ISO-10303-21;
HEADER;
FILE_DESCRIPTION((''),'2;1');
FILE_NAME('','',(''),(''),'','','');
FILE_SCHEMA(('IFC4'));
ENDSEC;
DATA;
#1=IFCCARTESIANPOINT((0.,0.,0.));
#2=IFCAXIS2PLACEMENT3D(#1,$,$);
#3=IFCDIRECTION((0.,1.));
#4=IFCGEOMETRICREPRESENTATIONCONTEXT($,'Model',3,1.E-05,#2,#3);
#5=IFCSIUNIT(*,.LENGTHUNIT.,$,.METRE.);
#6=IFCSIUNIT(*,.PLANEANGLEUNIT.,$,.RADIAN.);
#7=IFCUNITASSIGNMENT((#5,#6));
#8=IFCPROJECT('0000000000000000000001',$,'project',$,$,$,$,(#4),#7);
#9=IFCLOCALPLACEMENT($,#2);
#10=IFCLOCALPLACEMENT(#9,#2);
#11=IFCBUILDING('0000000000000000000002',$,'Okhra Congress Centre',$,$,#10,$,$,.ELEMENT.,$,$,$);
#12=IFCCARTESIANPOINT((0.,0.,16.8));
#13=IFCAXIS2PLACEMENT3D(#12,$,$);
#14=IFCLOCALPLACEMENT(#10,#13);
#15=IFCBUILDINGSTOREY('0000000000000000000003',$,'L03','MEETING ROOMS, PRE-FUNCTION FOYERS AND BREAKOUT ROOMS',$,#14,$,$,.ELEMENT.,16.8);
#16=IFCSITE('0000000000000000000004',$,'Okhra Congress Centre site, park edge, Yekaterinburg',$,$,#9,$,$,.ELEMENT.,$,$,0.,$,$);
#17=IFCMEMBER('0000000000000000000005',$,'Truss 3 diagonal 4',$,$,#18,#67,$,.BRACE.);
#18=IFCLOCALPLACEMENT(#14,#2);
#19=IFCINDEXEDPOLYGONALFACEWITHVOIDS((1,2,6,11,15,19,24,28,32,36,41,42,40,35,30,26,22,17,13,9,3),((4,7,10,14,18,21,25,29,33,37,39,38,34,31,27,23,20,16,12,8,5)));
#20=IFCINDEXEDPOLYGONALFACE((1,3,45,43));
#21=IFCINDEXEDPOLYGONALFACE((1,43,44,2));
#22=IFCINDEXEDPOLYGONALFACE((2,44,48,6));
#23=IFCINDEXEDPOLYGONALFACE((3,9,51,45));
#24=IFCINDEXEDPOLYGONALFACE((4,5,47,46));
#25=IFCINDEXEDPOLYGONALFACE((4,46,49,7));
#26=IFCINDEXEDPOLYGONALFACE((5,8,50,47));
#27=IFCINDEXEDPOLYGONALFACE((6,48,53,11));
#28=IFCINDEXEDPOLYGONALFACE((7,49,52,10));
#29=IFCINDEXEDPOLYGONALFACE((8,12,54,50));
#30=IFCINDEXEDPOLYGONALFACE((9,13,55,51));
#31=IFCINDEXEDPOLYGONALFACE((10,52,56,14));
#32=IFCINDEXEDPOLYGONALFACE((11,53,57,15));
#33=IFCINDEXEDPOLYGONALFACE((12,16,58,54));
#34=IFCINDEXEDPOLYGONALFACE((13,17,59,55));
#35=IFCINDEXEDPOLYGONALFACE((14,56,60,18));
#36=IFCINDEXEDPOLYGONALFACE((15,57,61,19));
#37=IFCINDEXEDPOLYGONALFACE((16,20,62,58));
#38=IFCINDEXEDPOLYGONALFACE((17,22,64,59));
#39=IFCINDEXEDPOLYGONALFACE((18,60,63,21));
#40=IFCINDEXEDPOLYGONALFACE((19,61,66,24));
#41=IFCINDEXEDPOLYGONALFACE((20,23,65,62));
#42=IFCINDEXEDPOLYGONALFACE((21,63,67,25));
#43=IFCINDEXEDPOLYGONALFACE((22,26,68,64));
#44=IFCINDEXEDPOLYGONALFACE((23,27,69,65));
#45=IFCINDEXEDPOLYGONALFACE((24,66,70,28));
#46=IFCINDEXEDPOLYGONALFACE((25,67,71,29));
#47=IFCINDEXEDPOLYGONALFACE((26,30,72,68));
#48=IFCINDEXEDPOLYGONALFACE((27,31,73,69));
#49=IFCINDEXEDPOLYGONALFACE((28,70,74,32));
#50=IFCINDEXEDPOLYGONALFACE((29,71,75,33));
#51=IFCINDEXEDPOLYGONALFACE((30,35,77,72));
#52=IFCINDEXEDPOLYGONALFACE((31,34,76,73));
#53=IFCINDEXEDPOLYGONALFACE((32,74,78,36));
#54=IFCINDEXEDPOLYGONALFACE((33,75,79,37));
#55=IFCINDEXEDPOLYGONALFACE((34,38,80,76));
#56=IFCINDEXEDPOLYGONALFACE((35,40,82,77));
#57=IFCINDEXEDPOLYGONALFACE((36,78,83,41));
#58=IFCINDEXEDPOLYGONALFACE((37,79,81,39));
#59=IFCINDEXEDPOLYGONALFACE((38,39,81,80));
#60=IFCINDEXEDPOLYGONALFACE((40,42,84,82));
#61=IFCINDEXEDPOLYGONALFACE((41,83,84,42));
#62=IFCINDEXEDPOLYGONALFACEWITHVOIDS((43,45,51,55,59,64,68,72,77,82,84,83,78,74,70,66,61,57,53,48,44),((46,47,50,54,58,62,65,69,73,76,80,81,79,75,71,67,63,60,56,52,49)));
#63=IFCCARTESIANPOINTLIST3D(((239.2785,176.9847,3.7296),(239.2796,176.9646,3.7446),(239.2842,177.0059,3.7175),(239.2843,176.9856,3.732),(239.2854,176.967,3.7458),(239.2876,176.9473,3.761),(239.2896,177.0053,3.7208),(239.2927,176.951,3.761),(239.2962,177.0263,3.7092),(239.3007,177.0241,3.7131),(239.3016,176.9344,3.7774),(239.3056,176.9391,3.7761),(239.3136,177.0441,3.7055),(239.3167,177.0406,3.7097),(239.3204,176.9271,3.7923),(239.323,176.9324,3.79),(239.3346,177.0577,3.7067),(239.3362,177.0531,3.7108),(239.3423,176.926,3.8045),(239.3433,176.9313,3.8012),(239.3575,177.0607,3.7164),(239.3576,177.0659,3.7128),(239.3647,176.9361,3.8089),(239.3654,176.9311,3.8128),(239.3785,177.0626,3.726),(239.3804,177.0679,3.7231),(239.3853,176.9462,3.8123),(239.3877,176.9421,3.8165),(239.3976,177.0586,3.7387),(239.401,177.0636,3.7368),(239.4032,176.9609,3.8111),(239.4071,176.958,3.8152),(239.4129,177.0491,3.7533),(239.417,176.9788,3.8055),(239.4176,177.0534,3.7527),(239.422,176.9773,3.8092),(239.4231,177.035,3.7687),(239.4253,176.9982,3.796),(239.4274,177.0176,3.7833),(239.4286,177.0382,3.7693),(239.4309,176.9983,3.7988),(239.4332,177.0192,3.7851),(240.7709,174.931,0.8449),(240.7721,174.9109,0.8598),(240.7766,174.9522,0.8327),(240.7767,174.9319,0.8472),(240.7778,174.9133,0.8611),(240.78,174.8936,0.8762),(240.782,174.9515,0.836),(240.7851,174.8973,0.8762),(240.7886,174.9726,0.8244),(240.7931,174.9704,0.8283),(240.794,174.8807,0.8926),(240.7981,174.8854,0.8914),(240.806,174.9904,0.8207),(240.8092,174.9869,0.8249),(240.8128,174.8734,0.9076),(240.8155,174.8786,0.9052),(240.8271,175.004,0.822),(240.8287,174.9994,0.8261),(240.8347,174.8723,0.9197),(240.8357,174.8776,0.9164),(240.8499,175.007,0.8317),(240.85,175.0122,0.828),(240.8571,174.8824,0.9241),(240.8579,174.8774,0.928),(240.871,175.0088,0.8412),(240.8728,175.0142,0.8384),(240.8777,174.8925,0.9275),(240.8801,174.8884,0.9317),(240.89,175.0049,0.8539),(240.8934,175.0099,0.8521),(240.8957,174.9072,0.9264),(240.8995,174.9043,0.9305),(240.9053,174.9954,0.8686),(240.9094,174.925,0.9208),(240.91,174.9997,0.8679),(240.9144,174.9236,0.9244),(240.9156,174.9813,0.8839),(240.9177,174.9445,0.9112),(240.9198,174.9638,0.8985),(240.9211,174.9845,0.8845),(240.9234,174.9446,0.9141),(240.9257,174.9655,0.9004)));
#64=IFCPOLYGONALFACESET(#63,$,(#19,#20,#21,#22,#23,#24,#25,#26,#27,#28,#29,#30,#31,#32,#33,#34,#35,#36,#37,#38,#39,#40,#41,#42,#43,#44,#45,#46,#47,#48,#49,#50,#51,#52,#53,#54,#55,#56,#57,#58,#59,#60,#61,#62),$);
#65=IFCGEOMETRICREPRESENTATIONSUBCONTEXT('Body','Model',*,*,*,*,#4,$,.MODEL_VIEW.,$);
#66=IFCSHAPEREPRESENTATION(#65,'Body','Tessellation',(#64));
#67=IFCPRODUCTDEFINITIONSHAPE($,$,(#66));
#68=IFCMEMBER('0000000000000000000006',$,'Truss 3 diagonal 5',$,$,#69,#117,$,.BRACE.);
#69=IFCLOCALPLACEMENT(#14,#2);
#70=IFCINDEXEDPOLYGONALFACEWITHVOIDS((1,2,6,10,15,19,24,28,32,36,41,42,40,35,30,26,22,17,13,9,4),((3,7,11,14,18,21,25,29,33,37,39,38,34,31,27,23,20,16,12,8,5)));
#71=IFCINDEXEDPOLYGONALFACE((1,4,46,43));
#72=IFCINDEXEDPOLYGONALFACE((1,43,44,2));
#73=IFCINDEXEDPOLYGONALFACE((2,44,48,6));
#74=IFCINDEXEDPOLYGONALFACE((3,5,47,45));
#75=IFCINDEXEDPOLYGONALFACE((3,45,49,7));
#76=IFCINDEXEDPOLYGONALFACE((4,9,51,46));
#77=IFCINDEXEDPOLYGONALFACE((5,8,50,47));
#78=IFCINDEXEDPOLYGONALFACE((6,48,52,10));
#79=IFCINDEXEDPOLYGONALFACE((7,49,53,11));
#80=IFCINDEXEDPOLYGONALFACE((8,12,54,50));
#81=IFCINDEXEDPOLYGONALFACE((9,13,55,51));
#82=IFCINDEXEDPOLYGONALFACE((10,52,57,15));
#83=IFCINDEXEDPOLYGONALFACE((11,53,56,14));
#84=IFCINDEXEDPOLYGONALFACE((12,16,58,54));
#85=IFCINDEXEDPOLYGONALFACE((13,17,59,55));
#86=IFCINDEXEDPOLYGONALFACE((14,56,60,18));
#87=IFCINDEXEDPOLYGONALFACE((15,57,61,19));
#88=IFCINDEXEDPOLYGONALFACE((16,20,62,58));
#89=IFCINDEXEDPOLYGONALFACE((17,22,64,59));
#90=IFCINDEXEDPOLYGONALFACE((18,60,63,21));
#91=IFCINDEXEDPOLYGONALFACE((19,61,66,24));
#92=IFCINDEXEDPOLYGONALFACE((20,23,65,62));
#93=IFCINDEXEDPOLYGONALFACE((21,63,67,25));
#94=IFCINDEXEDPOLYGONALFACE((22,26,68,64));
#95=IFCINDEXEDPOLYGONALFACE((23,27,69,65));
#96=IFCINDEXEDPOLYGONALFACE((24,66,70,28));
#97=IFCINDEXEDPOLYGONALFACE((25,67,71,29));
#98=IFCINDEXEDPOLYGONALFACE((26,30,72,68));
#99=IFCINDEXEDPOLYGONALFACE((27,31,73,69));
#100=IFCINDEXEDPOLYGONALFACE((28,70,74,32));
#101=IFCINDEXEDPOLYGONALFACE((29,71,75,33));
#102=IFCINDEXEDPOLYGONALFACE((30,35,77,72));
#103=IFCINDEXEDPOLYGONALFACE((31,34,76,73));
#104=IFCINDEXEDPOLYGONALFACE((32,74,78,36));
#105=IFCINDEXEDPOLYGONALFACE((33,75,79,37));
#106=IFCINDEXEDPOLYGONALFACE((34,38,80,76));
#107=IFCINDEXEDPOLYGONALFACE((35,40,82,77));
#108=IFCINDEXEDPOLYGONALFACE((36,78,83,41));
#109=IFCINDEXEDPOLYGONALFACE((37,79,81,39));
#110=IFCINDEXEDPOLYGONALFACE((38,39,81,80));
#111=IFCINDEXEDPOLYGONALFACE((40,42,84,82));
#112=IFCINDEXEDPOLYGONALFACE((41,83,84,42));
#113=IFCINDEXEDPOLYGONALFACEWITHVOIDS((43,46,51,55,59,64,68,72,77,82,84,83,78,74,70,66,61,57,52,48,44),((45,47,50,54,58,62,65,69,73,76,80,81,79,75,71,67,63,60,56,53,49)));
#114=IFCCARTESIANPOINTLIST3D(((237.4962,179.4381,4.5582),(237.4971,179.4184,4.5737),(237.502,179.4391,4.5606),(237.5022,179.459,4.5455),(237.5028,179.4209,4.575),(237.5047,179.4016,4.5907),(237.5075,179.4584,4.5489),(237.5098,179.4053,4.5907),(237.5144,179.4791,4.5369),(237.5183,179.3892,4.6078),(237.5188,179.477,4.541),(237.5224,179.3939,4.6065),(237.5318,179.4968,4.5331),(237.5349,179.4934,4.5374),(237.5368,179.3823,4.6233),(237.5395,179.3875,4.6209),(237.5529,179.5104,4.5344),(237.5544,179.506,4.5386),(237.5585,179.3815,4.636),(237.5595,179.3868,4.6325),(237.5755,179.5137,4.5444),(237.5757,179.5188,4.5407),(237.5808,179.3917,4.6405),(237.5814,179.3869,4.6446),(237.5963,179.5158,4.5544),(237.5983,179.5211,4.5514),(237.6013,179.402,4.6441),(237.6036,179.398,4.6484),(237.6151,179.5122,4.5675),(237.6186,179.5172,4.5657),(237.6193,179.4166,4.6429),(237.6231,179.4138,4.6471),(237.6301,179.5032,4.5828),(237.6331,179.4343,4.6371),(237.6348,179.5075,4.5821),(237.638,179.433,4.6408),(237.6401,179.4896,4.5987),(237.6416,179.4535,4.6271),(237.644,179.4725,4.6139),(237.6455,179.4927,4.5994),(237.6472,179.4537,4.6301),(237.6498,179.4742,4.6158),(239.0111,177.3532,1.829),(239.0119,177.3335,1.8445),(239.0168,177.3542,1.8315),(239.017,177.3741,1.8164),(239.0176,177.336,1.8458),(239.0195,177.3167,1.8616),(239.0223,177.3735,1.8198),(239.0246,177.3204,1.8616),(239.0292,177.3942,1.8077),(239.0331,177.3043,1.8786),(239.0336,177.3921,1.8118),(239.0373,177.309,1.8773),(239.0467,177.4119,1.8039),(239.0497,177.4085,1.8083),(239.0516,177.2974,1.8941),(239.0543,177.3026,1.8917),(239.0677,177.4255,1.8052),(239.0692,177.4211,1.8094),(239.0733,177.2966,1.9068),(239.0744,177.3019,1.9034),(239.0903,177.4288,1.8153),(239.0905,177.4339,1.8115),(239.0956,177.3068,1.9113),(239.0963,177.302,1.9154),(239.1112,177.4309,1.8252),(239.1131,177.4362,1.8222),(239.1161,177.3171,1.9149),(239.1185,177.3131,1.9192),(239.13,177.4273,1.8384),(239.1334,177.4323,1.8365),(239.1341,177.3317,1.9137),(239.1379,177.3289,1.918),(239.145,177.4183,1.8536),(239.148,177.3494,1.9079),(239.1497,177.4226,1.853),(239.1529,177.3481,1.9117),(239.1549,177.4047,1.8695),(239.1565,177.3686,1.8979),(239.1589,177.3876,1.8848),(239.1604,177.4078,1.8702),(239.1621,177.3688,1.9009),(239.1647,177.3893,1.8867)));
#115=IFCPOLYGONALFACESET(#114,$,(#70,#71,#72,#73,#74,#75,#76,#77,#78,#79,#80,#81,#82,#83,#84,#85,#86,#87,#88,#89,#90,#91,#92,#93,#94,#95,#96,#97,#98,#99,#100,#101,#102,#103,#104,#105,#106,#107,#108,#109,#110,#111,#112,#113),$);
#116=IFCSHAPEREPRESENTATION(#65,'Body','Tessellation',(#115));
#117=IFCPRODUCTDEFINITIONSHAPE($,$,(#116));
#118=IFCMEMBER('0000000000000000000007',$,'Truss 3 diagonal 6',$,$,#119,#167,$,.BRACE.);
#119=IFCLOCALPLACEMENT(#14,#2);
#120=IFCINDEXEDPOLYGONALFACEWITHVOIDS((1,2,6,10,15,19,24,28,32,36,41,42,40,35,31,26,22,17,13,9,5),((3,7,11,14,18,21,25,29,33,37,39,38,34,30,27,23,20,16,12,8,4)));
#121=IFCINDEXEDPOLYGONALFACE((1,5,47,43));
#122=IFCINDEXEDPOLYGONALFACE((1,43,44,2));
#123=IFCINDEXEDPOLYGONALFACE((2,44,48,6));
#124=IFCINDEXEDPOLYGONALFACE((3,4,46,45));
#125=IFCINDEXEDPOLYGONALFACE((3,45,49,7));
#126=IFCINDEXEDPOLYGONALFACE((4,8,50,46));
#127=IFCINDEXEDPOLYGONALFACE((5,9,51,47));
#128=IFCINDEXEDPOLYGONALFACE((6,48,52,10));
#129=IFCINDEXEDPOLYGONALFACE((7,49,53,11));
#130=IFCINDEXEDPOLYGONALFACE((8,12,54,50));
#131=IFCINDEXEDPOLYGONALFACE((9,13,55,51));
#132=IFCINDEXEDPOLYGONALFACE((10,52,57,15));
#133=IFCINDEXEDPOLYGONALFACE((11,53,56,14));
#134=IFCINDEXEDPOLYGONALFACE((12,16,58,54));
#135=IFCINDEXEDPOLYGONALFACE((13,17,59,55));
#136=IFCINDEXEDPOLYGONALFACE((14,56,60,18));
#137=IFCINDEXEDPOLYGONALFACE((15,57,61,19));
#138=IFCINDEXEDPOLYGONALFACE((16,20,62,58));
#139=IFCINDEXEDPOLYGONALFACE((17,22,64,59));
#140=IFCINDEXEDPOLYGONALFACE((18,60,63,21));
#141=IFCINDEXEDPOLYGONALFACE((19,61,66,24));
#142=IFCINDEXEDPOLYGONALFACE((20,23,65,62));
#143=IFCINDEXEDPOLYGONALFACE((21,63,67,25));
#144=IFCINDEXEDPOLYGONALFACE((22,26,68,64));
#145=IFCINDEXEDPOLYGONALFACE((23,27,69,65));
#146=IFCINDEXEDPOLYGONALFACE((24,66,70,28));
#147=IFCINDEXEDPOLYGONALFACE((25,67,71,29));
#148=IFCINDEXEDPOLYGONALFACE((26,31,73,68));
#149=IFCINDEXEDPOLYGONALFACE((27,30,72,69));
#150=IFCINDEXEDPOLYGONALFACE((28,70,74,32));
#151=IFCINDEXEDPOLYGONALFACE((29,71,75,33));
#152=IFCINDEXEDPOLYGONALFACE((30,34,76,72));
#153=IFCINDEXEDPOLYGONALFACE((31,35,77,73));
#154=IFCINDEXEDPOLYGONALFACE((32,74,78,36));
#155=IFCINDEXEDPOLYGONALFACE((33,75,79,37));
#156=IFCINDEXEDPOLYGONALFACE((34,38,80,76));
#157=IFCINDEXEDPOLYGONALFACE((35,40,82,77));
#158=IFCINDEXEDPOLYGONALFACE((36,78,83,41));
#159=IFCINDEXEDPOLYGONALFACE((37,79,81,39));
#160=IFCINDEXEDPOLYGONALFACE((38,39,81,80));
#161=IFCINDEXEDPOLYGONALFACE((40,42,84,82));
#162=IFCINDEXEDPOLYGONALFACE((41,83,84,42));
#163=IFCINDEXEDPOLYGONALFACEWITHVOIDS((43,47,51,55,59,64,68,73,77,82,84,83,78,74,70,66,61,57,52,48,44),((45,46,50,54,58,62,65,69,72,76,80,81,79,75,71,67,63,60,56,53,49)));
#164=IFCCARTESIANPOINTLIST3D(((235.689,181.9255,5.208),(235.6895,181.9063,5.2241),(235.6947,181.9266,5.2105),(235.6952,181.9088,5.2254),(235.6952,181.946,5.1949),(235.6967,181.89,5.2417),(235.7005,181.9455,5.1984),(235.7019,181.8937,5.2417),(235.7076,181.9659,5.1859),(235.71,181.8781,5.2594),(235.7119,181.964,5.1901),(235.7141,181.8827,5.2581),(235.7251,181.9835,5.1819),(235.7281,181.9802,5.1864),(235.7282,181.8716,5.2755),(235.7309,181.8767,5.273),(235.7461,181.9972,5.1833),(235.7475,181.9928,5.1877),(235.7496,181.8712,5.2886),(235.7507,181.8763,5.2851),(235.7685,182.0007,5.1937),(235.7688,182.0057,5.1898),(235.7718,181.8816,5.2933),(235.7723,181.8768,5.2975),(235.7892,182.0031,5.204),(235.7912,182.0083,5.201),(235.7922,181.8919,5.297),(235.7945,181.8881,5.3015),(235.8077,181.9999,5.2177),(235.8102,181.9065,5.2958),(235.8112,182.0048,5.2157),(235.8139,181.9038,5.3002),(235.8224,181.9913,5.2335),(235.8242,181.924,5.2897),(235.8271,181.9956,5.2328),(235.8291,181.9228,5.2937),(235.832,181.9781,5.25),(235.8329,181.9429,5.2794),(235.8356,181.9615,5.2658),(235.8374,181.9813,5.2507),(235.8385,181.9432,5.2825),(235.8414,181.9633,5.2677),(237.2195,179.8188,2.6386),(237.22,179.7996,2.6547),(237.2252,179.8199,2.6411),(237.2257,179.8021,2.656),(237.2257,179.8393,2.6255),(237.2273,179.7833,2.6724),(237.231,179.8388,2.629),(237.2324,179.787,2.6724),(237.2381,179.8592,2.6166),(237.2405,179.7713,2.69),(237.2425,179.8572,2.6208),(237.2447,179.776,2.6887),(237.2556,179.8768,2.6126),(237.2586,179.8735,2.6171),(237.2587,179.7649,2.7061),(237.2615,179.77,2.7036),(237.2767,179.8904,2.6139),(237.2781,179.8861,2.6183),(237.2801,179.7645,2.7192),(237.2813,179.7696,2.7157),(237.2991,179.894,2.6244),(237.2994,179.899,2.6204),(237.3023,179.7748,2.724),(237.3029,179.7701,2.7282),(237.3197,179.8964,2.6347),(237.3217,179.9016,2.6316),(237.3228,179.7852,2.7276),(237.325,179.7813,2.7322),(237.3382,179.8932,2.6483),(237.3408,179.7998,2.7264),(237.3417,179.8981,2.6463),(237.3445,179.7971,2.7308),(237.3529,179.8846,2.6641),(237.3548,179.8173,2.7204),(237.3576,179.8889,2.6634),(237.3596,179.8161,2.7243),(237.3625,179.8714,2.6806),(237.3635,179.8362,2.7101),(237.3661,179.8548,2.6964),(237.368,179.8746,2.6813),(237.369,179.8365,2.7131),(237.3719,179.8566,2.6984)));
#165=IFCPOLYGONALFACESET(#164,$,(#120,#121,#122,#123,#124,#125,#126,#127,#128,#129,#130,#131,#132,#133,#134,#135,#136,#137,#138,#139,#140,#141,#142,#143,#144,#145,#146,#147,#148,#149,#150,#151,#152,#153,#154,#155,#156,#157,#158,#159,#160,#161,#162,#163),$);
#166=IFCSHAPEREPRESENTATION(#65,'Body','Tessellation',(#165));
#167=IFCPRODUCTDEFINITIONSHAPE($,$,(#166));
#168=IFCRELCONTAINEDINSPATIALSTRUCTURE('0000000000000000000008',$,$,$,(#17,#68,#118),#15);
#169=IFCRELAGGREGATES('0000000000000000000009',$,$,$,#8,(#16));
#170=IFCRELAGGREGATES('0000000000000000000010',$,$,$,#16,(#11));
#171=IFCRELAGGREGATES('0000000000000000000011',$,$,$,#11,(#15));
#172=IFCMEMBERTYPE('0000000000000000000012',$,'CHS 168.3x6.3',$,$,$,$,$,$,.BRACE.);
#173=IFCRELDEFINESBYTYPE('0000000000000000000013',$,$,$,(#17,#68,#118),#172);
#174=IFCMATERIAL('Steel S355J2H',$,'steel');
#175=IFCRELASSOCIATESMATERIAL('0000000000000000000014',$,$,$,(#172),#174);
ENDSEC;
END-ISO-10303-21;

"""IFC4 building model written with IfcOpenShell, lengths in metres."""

from ifc_helpers import new_model, si_unit, direction, frame, origin, origin_2d, place, context, subcontext, project, spatial, hollow_circle, extrude, material, material_profile, profile_set, type_object, element, save


model = new_model("IFC4")

# Units and contexts
model_context = context("Model", 3, precision=1e-05, world=origin(), true_north=direction((0.0, 1.0)))
body_context = subcontext(model_context, "Body", "Model", "MODEL_VIEW")
ifc_project = project(units=[si_unit("LENGTHUNIT", "METRE"), si_unit("PLANEANGLEUNIT", "RADIAN")], contexts=[model_context])

# Site, building, storey
site_placement = place(None, origin())
site = spatial("IfcSite", under=ifc_project, at=site_placement, Name="Okhra Congress Centre site, park edge, Yekaterinburg", CompositionType="ELEMENT", RefElevation=0.0)
building_placement = place(site_placement, origin())
building = spatial("IfcBuilding", under=site, at=building_placement, Name="Okhra Congress Centre", CompositionType="ELEMENT")
storey_placement = place(building_placement, frame((0.0, 0.0, 16.8)))
storey = spatial("IfcBuildingStorey", under=building, at=storey_placement, Name="L03", Description="MEETING ROOMS, PRE-FUNCTION FOYERS AND BREAKOUT ROOMS", CompositionType="ELEMENT", Elevation=16.8)

# Members
ifc_material_1 = material(Name="Steel S355J2H", Category="steel")
ifc_material_profile_1 = material_profile(ifc_material_1, hollow_circle(Radius=0.0842, WallThickness=0.0063, at=origin_2d()), Name="CHS 168.3x6.3")
ifc_profile_set_1 = profile_set([ifc_material_profile_1], Name="Steel S355J2H")
member_type_1 = type_object("IfcMemberType", Name="CHS 168.3x6.3", PredefinedType="BRACE", material=ifc_profile_set_1)
member_1_placement = place(storey_placement, frame((240.8481, 174.9431, 0.8762), z_axis=(-0.388373, 0.534434, 0.750698), x_axis=(-0.808956, -0.587869, 0.0)))
element("IfcMember", 1, at=member_1_placement, inside=storey, type_object=member_type_1, Name="Truss 3 diagonal 4", PredefinedType="BRACE", context=body_context, shape_type="SweptSolid", body=[
    extrude(hollow_circle(Radius=0.0842, WallThickness=0.0063, at=origin_2d()), origin(), (0.0, 0.0, 1.0), 3.8428),
])
member_2_placement = place(storey_placement, frame((239.0876, 177.3662, 1.8616), z_axis=(-0.403566, 0.555432, 0.727069), x_axis=(-0.809002, -0.587806, 0.0)))
element("IfcMember", 2, at=member_2_placement, inside=storey, type_object=member_type_1, Name="Truss 3 diagonal 5", PredefinedType="BRACE", context=body_context, shape_type="SweptSolid", body=[
    extrude(hollow_circle(Radius=0.0842, WallThickness=0.0063, at=origin_2d()), origin(), (0.0, 0.0, 1.0), 3.7537),
])
member_3_placement = place(storey_placement, frame((237.2954, 179.8328, 2.6724), z_axis=(-0.418385, 0.575888, 0.702358), x_axis=(-0.809032, -0.587765, 0.0)))
element("IfcMember", 3, at=member_3_placement, inside=storey, type_object=member_type_1, Name="Truss 3 diagonal 6", PredefinedType="BRACE", context=body_context, shape_type="SweptSolid", body=[
    extrude(hollow_circle(Radius=0.0842, WallThickness=0.0063, at=origin_2d()), origin(), (0.0, 0.0, 1.0), 3.6582),
])

save(model, "model.ifc")
